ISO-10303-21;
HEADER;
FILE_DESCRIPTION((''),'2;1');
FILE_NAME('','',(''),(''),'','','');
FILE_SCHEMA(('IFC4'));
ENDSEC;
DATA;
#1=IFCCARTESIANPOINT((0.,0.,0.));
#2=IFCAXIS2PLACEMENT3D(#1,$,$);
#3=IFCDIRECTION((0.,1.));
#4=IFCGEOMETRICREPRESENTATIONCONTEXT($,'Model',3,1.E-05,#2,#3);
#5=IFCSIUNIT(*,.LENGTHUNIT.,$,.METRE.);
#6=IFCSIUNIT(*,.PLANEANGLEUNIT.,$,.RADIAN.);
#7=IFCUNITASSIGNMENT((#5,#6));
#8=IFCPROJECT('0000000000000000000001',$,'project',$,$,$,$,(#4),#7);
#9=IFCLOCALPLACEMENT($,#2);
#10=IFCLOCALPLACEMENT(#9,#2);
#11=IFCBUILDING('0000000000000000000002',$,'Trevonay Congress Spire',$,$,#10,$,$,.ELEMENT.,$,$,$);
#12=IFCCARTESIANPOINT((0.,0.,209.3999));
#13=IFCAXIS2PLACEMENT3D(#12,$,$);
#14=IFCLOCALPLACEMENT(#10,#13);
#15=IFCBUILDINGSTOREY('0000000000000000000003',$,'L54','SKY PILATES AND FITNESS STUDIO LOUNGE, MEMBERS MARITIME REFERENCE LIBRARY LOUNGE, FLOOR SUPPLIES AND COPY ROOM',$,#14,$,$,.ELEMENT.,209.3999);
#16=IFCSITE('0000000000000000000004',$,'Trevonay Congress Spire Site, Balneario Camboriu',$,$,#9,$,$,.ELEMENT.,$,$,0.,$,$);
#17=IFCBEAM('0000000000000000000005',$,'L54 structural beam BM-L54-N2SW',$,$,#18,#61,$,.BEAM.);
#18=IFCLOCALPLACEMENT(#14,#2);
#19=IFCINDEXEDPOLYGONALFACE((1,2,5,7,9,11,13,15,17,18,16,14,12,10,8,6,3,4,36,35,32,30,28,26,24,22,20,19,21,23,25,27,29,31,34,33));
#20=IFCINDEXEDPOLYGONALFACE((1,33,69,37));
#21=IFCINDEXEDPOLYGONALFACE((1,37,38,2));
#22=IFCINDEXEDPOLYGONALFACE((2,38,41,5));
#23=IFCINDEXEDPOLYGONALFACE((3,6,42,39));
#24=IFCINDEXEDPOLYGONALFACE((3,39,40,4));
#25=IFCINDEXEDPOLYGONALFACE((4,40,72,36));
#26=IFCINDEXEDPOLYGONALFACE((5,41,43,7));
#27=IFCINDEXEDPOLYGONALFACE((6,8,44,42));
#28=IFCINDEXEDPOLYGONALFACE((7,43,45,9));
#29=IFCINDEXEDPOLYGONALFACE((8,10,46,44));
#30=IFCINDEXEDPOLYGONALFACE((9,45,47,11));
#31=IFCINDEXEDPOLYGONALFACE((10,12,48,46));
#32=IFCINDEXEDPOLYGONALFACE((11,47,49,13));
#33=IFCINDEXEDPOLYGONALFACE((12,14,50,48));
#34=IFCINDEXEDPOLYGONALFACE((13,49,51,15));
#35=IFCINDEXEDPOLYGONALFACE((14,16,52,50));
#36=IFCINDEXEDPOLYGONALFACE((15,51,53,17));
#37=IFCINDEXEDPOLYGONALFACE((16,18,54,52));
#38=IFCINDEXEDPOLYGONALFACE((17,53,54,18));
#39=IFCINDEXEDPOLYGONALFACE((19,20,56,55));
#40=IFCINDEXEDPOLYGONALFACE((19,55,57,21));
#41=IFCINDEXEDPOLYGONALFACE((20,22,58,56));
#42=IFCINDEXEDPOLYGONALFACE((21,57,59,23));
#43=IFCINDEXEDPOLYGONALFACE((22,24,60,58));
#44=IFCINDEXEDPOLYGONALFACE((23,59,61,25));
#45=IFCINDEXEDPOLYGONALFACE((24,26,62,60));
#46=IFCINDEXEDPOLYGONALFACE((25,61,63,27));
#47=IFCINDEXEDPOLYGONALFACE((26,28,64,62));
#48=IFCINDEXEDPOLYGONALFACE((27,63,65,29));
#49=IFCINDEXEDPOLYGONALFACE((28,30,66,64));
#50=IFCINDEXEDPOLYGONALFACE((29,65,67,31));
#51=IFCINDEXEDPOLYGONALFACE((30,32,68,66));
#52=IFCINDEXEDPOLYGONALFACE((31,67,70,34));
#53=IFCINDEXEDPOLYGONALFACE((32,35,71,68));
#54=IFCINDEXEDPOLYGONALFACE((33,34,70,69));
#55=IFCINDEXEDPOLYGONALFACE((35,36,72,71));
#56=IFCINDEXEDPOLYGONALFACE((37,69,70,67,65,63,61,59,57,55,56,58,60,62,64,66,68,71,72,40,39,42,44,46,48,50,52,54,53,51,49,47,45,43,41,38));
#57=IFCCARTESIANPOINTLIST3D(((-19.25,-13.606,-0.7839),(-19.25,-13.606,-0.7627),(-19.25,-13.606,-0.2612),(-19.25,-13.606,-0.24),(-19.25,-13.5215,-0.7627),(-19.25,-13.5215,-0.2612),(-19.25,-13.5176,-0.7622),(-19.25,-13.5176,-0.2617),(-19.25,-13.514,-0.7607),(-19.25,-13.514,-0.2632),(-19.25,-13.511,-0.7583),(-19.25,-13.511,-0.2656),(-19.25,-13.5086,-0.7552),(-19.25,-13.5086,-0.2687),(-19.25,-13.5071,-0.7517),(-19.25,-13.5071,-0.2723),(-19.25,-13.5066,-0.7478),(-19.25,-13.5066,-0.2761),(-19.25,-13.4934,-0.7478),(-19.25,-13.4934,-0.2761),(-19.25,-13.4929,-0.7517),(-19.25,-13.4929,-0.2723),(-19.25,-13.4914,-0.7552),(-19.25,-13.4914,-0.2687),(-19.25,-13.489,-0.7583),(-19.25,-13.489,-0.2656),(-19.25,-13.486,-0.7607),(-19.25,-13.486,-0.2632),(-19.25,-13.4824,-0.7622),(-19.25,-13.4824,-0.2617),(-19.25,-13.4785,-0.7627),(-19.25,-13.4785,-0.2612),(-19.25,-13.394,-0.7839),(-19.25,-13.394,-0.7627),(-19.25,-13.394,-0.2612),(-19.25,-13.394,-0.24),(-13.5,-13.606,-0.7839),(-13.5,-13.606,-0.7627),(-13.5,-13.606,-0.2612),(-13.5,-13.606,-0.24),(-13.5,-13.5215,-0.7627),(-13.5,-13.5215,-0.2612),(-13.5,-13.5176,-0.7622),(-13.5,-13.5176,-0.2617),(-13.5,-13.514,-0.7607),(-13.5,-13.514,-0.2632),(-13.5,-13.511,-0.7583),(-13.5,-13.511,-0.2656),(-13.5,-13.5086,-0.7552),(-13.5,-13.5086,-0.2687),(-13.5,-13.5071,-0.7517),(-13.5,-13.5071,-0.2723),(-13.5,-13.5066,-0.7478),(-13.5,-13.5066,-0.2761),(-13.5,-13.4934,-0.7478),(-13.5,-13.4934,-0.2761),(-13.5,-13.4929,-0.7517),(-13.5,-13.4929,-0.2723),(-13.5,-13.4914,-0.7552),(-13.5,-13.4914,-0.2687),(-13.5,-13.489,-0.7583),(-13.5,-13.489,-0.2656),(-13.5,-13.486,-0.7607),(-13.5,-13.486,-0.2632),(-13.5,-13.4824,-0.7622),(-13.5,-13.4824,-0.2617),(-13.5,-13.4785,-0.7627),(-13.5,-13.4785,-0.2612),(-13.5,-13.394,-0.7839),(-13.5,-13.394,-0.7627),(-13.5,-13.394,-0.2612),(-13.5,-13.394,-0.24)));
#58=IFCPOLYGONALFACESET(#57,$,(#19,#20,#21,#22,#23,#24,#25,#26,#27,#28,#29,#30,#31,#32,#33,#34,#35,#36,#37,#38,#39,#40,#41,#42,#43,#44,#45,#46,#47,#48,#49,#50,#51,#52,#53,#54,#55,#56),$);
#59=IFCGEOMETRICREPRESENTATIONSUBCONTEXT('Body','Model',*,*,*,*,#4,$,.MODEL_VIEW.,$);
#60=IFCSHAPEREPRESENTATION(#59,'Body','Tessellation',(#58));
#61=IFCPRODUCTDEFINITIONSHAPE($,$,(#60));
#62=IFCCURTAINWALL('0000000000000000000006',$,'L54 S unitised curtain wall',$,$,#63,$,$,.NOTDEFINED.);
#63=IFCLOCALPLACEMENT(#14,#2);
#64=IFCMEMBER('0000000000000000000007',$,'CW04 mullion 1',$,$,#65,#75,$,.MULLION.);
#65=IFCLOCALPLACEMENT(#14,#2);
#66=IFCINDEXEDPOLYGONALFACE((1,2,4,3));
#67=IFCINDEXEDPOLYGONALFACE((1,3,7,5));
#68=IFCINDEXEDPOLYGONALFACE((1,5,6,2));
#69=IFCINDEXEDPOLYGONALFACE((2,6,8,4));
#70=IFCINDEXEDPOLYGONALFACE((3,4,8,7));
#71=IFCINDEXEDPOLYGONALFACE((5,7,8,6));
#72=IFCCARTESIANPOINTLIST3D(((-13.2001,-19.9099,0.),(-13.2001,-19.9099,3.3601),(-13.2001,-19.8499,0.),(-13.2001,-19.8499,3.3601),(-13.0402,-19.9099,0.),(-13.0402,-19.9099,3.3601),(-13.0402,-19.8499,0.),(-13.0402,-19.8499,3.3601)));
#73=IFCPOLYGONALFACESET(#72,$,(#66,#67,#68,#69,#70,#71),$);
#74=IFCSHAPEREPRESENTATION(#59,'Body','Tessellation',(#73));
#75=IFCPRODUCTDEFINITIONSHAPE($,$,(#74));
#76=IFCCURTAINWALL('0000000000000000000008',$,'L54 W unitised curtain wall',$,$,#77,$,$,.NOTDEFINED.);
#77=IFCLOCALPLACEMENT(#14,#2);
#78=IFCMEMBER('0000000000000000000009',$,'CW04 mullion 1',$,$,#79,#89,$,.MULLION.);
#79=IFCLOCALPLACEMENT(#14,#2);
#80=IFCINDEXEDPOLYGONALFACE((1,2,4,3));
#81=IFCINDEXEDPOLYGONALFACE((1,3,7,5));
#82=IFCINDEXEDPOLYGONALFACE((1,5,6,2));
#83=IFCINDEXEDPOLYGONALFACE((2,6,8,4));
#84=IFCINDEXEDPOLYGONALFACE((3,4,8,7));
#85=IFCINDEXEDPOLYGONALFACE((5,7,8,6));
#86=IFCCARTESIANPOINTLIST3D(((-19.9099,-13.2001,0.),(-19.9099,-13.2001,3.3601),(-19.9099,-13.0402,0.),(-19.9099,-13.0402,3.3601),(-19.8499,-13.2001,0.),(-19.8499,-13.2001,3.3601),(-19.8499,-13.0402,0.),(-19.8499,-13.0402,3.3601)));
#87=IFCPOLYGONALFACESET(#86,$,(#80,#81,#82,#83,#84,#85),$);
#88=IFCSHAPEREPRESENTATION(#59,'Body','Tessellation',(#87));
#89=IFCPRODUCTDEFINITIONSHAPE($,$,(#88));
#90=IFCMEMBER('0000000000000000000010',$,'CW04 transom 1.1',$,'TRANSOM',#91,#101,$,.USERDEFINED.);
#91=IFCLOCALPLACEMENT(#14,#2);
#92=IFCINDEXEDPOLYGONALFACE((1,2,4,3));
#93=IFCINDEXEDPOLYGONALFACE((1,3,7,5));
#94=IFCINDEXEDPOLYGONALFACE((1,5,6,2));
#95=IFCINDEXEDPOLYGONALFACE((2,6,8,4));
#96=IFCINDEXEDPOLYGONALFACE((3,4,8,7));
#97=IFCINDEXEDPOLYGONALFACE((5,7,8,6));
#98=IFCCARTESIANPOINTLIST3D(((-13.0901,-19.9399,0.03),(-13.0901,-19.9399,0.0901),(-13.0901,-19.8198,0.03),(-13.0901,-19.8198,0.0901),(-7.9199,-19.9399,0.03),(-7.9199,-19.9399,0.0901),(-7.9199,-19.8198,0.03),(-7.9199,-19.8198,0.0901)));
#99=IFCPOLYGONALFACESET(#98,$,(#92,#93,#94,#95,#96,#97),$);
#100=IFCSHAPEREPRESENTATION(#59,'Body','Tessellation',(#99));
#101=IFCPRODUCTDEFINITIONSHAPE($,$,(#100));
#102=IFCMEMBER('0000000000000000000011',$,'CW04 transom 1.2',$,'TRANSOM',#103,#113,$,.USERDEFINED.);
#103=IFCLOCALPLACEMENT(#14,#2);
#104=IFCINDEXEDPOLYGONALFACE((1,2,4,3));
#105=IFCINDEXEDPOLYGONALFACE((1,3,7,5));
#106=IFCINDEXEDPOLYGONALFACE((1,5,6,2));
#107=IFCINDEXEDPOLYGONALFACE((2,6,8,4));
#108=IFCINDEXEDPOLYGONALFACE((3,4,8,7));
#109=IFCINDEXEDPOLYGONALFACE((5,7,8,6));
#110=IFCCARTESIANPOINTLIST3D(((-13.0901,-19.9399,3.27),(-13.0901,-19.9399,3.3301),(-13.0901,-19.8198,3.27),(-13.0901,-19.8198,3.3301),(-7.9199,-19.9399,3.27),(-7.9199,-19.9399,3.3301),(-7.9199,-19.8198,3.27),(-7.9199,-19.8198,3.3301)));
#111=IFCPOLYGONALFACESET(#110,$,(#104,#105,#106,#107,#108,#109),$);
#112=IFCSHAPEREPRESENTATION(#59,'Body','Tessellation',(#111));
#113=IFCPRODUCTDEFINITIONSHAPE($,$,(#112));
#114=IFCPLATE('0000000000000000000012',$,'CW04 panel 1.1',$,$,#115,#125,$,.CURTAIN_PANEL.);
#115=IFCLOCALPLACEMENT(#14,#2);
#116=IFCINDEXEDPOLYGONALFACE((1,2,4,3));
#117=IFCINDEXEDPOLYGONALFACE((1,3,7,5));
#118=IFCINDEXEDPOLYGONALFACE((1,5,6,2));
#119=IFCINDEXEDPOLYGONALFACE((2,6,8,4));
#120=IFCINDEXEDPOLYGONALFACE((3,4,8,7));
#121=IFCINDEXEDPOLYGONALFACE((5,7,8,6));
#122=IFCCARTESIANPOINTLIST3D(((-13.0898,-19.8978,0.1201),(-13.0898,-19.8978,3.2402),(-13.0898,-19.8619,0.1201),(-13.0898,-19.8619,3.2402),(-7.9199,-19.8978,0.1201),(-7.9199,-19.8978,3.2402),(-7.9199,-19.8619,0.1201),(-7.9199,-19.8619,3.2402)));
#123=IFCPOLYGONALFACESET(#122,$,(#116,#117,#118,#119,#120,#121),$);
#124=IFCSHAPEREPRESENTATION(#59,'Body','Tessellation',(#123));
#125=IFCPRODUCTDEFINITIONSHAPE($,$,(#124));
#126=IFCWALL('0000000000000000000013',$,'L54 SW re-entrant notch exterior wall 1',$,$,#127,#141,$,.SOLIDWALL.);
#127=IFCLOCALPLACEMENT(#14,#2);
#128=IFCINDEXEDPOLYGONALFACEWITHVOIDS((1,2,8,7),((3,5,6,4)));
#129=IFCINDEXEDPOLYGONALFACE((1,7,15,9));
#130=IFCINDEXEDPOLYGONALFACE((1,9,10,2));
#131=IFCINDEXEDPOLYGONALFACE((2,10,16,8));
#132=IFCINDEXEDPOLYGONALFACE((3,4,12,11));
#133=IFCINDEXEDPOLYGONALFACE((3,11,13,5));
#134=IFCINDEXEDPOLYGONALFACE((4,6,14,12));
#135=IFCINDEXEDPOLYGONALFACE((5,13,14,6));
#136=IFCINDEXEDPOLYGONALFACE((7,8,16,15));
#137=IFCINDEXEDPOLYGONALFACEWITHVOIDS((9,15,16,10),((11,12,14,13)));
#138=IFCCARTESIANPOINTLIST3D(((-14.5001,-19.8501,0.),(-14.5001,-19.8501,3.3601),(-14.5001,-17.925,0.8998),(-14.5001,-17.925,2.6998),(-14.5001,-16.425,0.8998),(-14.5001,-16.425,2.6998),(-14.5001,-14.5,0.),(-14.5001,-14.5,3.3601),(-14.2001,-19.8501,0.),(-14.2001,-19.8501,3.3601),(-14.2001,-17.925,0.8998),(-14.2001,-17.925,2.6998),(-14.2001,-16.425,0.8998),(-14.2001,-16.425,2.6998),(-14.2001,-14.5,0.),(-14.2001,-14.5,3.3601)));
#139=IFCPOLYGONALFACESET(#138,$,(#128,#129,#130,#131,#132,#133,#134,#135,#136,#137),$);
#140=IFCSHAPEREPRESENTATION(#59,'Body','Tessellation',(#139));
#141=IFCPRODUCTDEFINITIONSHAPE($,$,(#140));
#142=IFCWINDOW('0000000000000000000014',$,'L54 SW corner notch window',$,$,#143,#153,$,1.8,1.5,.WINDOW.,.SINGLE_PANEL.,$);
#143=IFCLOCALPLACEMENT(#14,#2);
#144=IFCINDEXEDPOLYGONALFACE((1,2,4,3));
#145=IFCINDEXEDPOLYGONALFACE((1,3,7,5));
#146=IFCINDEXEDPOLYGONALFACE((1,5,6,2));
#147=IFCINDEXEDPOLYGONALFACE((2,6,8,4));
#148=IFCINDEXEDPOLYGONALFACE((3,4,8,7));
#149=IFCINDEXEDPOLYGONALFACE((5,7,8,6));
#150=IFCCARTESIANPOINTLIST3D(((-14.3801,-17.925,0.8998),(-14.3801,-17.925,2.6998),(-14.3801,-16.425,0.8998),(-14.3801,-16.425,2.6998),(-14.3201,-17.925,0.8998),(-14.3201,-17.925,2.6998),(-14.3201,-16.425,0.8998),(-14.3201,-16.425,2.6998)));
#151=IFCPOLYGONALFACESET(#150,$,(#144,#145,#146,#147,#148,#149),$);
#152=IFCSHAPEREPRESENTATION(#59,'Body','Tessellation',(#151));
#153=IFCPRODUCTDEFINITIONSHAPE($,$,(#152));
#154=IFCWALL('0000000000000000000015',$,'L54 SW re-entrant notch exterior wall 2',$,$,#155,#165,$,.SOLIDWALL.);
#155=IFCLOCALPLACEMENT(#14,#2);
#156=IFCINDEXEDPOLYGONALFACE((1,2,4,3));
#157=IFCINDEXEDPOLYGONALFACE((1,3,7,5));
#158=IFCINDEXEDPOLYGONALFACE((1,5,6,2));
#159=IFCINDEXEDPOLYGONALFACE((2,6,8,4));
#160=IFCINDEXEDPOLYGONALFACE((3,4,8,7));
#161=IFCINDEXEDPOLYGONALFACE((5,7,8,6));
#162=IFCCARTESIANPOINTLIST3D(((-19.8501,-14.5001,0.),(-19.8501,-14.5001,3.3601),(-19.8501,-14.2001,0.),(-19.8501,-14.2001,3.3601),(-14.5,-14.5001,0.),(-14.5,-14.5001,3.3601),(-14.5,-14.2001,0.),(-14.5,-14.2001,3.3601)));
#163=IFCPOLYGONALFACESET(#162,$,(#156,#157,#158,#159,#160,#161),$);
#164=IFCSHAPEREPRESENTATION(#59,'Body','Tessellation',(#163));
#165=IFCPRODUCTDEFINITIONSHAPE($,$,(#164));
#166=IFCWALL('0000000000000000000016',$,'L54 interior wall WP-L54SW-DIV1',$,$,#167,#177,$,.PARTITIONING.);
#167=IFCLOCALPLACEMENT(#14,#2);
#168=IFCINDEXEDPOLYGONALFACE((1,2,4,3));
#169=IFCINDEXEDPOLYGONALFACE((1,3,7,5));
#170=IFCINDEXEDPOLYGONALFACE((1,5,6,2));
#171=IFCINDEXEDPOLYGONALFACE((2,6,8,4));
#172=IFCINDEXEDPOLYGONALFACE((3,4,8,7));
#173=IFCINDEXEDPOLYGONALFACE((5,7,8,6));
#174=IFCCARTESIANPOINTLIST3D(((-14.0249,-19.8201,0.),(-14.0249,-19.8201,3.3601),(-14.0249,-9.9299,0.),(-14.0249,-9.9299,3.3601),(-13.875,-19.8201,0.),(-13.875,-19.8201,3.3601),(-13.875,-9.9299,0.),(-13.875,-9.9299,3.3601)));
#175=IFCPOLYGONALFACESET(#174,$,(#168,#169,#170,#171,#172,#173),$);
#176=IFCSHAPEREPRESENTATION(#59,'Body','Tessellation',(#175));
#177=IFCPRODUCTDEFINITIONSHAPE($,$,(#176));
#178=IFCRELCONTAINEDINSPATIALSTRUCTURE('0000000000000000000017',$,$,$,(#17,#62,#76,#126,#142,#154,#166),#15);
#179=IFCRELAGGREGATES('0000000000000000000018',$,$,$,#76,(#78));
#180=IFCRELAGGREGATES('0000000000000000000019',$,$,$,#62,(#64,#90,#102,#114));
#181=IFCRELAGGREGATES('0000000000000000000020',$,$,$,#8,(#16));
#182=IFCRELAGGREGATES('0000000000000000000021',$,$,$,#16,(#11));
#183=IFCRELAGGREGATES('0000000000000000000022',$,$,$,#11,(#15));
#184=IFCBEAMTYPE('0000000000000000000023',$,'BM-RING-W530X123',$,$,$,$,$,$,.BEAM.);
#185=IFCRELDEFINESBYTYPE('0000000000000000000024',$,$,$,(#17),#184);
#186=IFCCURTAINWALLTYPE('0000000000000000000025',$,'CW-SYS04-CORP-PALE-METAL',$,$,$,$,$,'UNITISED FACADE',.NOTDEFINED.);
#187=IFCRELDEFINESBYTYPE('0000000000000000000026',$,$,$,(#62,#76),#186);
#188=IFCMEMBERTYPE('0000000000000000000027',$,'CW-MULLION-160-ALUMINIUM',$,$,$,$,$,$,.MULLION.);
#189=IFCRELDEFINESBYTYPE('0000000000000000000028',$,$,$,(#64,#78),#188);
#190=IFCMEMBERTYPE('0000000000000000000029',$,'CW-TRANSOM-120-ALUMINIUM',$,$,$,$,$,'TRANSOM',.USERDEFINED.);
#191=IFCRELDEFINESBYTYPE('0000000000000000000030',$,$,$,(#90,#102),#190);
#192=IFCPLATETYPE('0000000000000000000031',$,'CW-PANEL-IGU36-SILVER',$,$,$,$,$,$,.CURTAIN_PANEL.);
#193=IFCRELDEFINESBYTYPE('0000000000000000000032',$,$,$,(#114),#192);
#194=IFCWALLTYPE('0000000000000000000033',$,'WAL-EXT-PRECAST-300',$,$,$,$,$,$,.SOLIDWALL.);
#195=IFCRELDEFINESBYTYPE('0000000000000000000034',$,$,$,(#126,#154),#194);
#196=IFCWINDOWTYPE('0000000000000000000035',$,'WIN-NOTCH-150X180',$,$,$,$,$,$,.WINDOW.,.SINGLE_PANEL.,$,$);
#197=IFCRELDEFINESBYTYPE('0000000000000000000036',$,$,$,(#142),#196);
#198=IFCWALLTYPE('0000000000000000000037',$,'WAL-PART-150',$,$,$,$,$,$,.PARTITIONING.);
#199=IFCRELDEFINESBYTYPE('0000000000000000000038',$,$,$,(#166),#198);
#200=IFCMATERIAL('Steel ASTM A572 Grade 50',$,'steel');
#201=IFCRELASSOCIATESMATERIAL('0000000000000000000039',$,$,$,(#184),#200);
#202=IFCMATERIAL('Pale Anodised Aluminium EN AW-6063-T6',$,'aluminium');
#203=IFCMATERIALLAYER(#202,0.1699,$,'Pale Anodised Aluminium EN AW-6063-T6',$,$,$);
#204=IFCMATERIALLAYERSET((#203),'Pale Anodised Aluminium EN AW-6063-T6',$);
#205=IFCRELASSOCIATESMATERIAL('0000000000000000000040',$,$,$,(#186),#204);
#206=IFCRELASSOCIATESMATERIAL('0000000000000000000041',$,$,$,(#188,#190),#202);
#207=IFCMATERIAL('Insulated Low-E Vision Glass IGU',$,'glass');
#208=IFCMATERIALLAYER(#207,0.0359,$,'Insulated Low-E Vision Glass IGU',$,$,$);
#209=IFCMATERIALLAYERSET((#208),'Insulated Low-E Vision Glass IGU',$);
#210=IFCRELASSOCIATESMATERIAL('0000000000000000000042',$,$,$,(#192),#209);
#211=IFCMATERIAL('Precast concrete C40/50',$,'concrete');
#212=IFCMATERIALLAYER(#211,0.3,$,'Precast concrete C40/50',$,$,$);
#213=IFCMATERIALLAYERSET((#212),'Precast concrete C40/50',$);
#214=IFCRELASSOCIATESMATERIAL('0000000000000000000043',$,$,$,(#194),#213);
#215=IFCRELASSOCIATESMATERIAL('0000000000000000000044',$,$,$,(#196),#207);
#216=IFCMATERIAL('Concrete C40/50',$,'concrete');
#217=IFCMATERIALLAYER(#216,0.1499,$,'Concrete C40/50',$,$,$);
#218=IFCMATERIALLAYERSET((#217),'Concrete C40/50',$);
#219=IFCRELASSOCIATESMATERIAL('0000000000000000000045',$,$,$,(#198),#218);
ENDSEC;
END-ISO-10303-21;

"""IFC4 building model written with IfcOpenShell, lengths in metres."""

from ifc_helpers import new_model, si_unit, direction, frame, frame_2d, origin, origin_2d, place, context, subcontext, project, spatial, rectangle, i_section, extrude, material, layer, layer_set, material_profile, profile_set, type_object, element, fill, aggregate, save


model = new_model("IFC4")

# Units and contexts
model_context = context("Model", 3, precision=1e-05, world=origin(), true_north=direction((0.0, 1.0)))
body_context = subcontext(model_context, "Body", "Model", "MODEL_VIEW")
ifc_project = project(units=[si_unit("LENGTHUNIT", "METRE"), si_unit("PLANEANGLEUNIT", "RADIAN")], contexts=[model_context])

# Site, building, storey
site_placement = place(None, origin())
site = spatial("IfcSite", under=ifc_project, at=site_placement, Name="Trevonay Congress Spire Site, Balneario Camboriu", CompositionType="ELEMENT", RefElevation=0.0)
building_placement = place(site_placement, origin())
building = spatial("IfcBuilding", under=site, at=building_placement, Name="Trevonay Congress Spire", CompositionType="ELEMENT")
storey_placement = place(building_placement, frame((0.0, 0.0, 209.3999)))
storey = spatial("IfcBuildingStorey", under=building, at=storey_placement, Name="L54", Description="SKY PILATES AND FITNESS STUDIO LOUNGE, MEMBERS MARITIME REFERENCE LIBRARY LOUNGE, FLOOR SUPPLIES AND COPY ROOM", CompositionType="ELEMENT", Elevation=209.3999)

# Shared definitions
ifc_material_1 = material(Name="Steel ASTM A572 Grade 50", Category="steel")

# Beam
ifc_material_profile_1 = material_profile(ifc_material_1, i_section(OverallWidth=0.2119, OverallDepth=0.5439, WebThickness=0.0132, FlangeThickness=0.0212, FilletRadius=0.0149, at=origin_2d()), Name="W530x123")
ifc_profile_set_1 = profile_set([ifc_material_profile_1], Name="Steel ASTM A572 Grade 50")
beam_type = type_object("IfcBeamType", Name="BM-RING-W530X123", PredefinedType="BEAM", material=ifc_profile_set_1)
for number, where, z_axis, x_axis, name in (
    (1, (-19.25, -13.5, -0.512), (1.0, 0.0, 0.0), (0.0, 1.0, 0.0), "L54 structural beam BM-L54-N2SW"),
):
    element("IfcBeam", number, at=place(storey_placement, frame(where, z_axis=z_axis, x_axis=x_axis)), inside=storey, type_object=beam_type, Name=name, PredefinedType="BEAM", context=body_context, shape_type="SweptSolid", body=[
        extrude(i_section(OverallWidth=0.2119, OverallDepth=0.5439, WebThickness=0.0132, FlangeThickness=0.0212, FilletRadius=0.0149, at=origin_2d()), origin(), (0.0, 0.0, 1.0), 5.75),
    ])

# Curtain walls, members
ifc_material_2 = material(Name="Pale Anodised Aluminium EN AW-6063-T6", Category="aluminium")
ifc_layer_1 = layer(ifc_material_2, 0.1699, Name="Pale Anodised Aluminium EN AW-6063-T6")
ifc_layer_set_1 = layer_set([ifc_layer_1], Name="Pale Anodised Aluminium EN AW-6063-T6")
curtain_wall_type = type_object("IfcCurtainWallType", Name="CW-SYS04-CORP-PALE-METAL", ElementType="UNITISED FACADE", PredefinedType="NOTDEFINED", material=ifc_layer_set_1)
curtain_wall_1_placement = place(storey_placement, origin())
curtain_wall_1 = element("IfcCurtainWall", 2, at=curtain_wall_1_placement, inside=storey, type_object=curtain_wall_type, Name="L54 S unitised curtain wall", PredefinedType="NOTDEFINED")
ifc_material_profile_2 = material_profile(ifc_material_2, rectangle(XDim=0.0601, YDim=0.1599, at=origin_2d()), Name="CW-MULLION-160-ALUMINIUM")
ifc_profile_set_2 = profile_set([ifc_material_profile_2], Name="Pale Anodised Aluminium EN AW-6063-T6")
member_type_1 = type_object("IfcMemberType", Name="CW-MULLION-160-ALUMINIUM", PredefinedType="MULLION", material=ifc_profile_set_2)
member_1_placement = place(storey_placement, frame((-13.1201, -19.8799, 0.0), z_axis=(0.0, 0.0, 1.0), x_axis=(0.0, 1.0, 0.0)))
member_1 = element("IfcMember", 3, at=member_1_placement, type_object=member_type_1, Name="CW04 mullion 1", PredefinedType="MULLION", context=body_context, shape_type="SweptSolid", body=[
    extrude(rectangle(XDim=0.0601, YDim=0.1599, at=origin_2d()), origin(), (0.0, 0.0, 1.0), 3.3601),
])
curtain_wall_2_placement = place(storey_placement, origin())
curtain_wall_2 = element("IfcCurtainWall", 4, at=curtain_wall_2_placement, inside=storey, type_object=curtain_wall_type, Name="L54 W unitised curtain wall", PredefinedType="NOTDEFINED")
member_2_placement = place(storey_placement, frame((-19.8799, -13.1201, 0.0), z_axis=(0.0, 0.0, 1.0), x_axis=(-1.0, 0.0, 0.0)))
member_2 = element("IfcMember", 5, at=member_2_placement, type_object=member_type_1, Name="CW04 mullion 1", PredefinedType="MULLION", context=body_context, shape_type="SweptSolid", body=[
    extrude(rectangle(XDim=0.0601, YDim=0.1599, at=origin_2d()), origin(), (0.0, 0.0, 1.0), 3.3601),
])
aggregate(curtain_wall_2, [member_2])

# Members
ifc_material_profile_3 = material_profile(ifc_material_2, rectangle(XDim=0.1201, YDim=0.0601, at=origin_2d()), Name="CW-TRANSOM-120-ALUMINIUM")
ifc_profile_set_3 = profile_set([ifc_material_profile_3], Name="Pale Anodised Aluminium EN AW-6063-T6")
member_type_2 = type_object("IfcMemberType", Name="CW-TRANSOM-120-ALUMINIUM", ElementType="TRANSOM", PredefinedType="USERDEFINED", material=ifc_profile_set_3)
member_3_placement = place(storey_placement, frame((-13.0901, -19.8799, 0.0601), z_axis=(1.0, 0.0, 0.0), x_axis=(0.0, 1.0, 0.0)))
member_3 = element("IfcMember", 6, at=member_3_placement, type_object=member_type_2, Name="CW04 transom 1.1", ObjectType="TRANSOM", PredefinedType="USERDEFINED", context=body_context, shape_type="SweptSolid", body=[
    extrude(rectangle(XDim=0.1201, YDim=0.0601, at=origin_2d()), origin(), (0.0, 0.0, 1.0), 5.1702),
])
member_4_placement = place(storey_placement, frame((-13.0901, -19.8799, 3.3), z_axis=(1.0, 0.0, 0.0), x_axis=(0.0, 1.0, 0.0)))
member_4 = element("IfcMember", 7, at=member_4_placement, type_object=member_type_2, Name="CW04 transom 1.2", ObjectType="TRANSOM", PredefinedType="USERDEFINED", context=body_context, shape_type="SweptSolid", body=[
    extrude(rectangle(XDim=0.1201, YDim=0.0601, at=origin_2d()), origin(), (0.0, 0.0, 1.0), 5.1702),
])

# Plate
ifc_material_3 = material(Name="Insulated Low-E Vision Glass IGU", Category="glass")
ifc_layer_2 = layer(ifc_material_3, 0.0359, Name="Insulated Low-E Vision Glass IGU")
ifc_layer_set_2 = layer_set([ifc_layer_2], Name="Insulated Low-E Vision Glass IGU")
plate_type = type_object("IfcPlateType", Name="CW-PANEL-IGU36-SILVER", PredefinedType="CURTAIN_PANEL", material=ifc_layer_set_2)
plate_placement = place(storey_placement, frame((-10.5049, -19.8799, 0.1201), z_axis=(0.0, 0.0, 1.0), x_axis=(1.0, 0.0, 0.0)))
plate = element("IfcPlate", 8, at=plate_placement, type_object=plate_type, Name="CW04 panel 1.1", PredefinedType="CURTAIN_PANEL", context=body_context, shape_type="SweptSolid", body=[
    extrude(rectangle(XDim=5.1699, YDim=0.0359, at=origin_2d()), origin(), (0.0, 0.0, 1.0), 3.1201),
])
aggregate(curtain_wall_1, [member_1, member_3, member_4, plate])

# Wall, opening, window
ifc_material_4 = material(Name="Precast concrete C40/50", Category="concrete")
ifc_layer_3 = layer(ifc_material_4, 0.3, Name="Precast concrete C40/50")
ifc_layer_set_3 = layer_set([ifc_layer_3], Name="Precast concrete C40/50")
wall_type_1 = type_object("IfcWallType", Name="WAL-EXT-PRECAST-300", PredefinedType="SOLIDWALL", material=ifc_layer_set_3)
wall_1_placement = place(storey_placement, frame((-14.3501, -19.8501, 0.0), z_axis=(0.0, 0.0, 1.0), x_axis=(0.0, 1.0, 0.0)))
wall_1 = element("IfcWall", 9, at=wall_1_placement, inside=storey, type_object=wall_type_1, Name="L54 SW re-entrant notch exterior wall 1", PredefinedType="SOLIDWALL", context=body_context, shape_type="SweptSolid", body=[
    extrude(rectangle(XDim=5.3501, YDim=0.3, at=frame_2d((2.675, 0.0))), origin(), (0.0, 0.0, 1.0), 3.3601),
])
opening_placement = place(wall_1_placement, frame((1.925, 0.0, 0.8999)))
opening = element("IfcOpeningElement", 10, at=opening_placement, cuts=wall_1, PredefinedType="OPENING", context=body_context, shape_type="SweptSolid", body=[
    extrude(rectangle(XDim=1.5, YDim=1.8, at=frame_2d((0.75, 0.8999))), frame((0.0, 0.1602, 0.0), z_axis=(0.0, -1.0, 0.0), x_axis=(1.0, 0.0, 0.0)), (0.0, 0.0, 1.0), 0.3201),
])
window_type = type_object("IfcWindowType", Name="WIN-NOTCH-150X180", PartitioningType="SINGLE_PANEL", PredefinedType="WINDOW", material=ifc_material_3)
window_placement = place(opening_placement, origin())
window = element("IfcWindow", 11, at=window_placement, inside=storey, type_object=window_type, Name="L54 SW corner notch window", OverallHeight=1.8, OverallWidth=1.5, PartitioningType="SINGLE_PANEL", PredefinedType="WINDOW", context=body_context, shape_type="SweptSolid", body=[
    extrude(rectangle(XDim=1.5, YDim=1.8, at=frame_2d((0.75, 0.8999))), frame((0.0, 0.03, 0.0), z_axis=(0.0, -1.0, 0.0), x_axis=(1.0, 0.0, 0.0)), (0.0, 0.0, 1.0), 0.0601),
])
fill(opening, window)

# Walls
wall_2_placement = place(storey_placement, frame((-19.8501, -14.3501, 0.0), z_axis=(0.0, 0.0, 1.0), x_axis=(1.0, 0.0, 0.0)))
element("IfcWall", 12, at=wall_2_placement, inside=storey, type_object=wall_type_1, Name="L54 SW re-entrant notch exterior wall 2", PredefinedType="SOLIDWALL", context=body_context, shape_type="SweptSolid", body=[
    extrude(rectangle(XDim=5.3501, YDim=0.3, at=frame_2d((2.675, 0.0))), origin(), (0.0, 0.0, 1.0), 3.3601),
])
ifc_material_5 = material(Name="Concrete C40/50", Category="concrete")
ifc_layer_4 = layer(ifc_material_5, 0.1499, Name="Concrete C40/50")
ifc_layer_set_4 = layer_set([ifc_layer_4], Name="Concrete C40/50")
wall_type_2 = type_object("IfcWallType", Name="WAL-PART-150", PredefinedType="PARTITIONING", material=ifc_layer_set_4)
for number, where, z_axis, x_axis, name in (
    (13, (-13.95, -19.8201, 0.0), (0.0, 0.0, 1.0), (0.0, 1.0, 0.0), "L54 interior wall WP-L54SW-DIV1"),
):
    element("IfcWall", number, at=place(storey_placement, frame(where, z_axis=z_axis, x_axis=x_axis)), inside=storey, type_object=wall_type_2, Name=name, PredefinedType="PARTITIONING", context=body_context, shape_type="SweptSolid", body=[
        extrude(rectangle(XDim=9.8901, YDim=0.1499, at=frame_2d((4.9451, 0.0))), origin(), (0.0, 0.0, 1.0), 3.3601),
    ])

save(model, "model.ifc")
